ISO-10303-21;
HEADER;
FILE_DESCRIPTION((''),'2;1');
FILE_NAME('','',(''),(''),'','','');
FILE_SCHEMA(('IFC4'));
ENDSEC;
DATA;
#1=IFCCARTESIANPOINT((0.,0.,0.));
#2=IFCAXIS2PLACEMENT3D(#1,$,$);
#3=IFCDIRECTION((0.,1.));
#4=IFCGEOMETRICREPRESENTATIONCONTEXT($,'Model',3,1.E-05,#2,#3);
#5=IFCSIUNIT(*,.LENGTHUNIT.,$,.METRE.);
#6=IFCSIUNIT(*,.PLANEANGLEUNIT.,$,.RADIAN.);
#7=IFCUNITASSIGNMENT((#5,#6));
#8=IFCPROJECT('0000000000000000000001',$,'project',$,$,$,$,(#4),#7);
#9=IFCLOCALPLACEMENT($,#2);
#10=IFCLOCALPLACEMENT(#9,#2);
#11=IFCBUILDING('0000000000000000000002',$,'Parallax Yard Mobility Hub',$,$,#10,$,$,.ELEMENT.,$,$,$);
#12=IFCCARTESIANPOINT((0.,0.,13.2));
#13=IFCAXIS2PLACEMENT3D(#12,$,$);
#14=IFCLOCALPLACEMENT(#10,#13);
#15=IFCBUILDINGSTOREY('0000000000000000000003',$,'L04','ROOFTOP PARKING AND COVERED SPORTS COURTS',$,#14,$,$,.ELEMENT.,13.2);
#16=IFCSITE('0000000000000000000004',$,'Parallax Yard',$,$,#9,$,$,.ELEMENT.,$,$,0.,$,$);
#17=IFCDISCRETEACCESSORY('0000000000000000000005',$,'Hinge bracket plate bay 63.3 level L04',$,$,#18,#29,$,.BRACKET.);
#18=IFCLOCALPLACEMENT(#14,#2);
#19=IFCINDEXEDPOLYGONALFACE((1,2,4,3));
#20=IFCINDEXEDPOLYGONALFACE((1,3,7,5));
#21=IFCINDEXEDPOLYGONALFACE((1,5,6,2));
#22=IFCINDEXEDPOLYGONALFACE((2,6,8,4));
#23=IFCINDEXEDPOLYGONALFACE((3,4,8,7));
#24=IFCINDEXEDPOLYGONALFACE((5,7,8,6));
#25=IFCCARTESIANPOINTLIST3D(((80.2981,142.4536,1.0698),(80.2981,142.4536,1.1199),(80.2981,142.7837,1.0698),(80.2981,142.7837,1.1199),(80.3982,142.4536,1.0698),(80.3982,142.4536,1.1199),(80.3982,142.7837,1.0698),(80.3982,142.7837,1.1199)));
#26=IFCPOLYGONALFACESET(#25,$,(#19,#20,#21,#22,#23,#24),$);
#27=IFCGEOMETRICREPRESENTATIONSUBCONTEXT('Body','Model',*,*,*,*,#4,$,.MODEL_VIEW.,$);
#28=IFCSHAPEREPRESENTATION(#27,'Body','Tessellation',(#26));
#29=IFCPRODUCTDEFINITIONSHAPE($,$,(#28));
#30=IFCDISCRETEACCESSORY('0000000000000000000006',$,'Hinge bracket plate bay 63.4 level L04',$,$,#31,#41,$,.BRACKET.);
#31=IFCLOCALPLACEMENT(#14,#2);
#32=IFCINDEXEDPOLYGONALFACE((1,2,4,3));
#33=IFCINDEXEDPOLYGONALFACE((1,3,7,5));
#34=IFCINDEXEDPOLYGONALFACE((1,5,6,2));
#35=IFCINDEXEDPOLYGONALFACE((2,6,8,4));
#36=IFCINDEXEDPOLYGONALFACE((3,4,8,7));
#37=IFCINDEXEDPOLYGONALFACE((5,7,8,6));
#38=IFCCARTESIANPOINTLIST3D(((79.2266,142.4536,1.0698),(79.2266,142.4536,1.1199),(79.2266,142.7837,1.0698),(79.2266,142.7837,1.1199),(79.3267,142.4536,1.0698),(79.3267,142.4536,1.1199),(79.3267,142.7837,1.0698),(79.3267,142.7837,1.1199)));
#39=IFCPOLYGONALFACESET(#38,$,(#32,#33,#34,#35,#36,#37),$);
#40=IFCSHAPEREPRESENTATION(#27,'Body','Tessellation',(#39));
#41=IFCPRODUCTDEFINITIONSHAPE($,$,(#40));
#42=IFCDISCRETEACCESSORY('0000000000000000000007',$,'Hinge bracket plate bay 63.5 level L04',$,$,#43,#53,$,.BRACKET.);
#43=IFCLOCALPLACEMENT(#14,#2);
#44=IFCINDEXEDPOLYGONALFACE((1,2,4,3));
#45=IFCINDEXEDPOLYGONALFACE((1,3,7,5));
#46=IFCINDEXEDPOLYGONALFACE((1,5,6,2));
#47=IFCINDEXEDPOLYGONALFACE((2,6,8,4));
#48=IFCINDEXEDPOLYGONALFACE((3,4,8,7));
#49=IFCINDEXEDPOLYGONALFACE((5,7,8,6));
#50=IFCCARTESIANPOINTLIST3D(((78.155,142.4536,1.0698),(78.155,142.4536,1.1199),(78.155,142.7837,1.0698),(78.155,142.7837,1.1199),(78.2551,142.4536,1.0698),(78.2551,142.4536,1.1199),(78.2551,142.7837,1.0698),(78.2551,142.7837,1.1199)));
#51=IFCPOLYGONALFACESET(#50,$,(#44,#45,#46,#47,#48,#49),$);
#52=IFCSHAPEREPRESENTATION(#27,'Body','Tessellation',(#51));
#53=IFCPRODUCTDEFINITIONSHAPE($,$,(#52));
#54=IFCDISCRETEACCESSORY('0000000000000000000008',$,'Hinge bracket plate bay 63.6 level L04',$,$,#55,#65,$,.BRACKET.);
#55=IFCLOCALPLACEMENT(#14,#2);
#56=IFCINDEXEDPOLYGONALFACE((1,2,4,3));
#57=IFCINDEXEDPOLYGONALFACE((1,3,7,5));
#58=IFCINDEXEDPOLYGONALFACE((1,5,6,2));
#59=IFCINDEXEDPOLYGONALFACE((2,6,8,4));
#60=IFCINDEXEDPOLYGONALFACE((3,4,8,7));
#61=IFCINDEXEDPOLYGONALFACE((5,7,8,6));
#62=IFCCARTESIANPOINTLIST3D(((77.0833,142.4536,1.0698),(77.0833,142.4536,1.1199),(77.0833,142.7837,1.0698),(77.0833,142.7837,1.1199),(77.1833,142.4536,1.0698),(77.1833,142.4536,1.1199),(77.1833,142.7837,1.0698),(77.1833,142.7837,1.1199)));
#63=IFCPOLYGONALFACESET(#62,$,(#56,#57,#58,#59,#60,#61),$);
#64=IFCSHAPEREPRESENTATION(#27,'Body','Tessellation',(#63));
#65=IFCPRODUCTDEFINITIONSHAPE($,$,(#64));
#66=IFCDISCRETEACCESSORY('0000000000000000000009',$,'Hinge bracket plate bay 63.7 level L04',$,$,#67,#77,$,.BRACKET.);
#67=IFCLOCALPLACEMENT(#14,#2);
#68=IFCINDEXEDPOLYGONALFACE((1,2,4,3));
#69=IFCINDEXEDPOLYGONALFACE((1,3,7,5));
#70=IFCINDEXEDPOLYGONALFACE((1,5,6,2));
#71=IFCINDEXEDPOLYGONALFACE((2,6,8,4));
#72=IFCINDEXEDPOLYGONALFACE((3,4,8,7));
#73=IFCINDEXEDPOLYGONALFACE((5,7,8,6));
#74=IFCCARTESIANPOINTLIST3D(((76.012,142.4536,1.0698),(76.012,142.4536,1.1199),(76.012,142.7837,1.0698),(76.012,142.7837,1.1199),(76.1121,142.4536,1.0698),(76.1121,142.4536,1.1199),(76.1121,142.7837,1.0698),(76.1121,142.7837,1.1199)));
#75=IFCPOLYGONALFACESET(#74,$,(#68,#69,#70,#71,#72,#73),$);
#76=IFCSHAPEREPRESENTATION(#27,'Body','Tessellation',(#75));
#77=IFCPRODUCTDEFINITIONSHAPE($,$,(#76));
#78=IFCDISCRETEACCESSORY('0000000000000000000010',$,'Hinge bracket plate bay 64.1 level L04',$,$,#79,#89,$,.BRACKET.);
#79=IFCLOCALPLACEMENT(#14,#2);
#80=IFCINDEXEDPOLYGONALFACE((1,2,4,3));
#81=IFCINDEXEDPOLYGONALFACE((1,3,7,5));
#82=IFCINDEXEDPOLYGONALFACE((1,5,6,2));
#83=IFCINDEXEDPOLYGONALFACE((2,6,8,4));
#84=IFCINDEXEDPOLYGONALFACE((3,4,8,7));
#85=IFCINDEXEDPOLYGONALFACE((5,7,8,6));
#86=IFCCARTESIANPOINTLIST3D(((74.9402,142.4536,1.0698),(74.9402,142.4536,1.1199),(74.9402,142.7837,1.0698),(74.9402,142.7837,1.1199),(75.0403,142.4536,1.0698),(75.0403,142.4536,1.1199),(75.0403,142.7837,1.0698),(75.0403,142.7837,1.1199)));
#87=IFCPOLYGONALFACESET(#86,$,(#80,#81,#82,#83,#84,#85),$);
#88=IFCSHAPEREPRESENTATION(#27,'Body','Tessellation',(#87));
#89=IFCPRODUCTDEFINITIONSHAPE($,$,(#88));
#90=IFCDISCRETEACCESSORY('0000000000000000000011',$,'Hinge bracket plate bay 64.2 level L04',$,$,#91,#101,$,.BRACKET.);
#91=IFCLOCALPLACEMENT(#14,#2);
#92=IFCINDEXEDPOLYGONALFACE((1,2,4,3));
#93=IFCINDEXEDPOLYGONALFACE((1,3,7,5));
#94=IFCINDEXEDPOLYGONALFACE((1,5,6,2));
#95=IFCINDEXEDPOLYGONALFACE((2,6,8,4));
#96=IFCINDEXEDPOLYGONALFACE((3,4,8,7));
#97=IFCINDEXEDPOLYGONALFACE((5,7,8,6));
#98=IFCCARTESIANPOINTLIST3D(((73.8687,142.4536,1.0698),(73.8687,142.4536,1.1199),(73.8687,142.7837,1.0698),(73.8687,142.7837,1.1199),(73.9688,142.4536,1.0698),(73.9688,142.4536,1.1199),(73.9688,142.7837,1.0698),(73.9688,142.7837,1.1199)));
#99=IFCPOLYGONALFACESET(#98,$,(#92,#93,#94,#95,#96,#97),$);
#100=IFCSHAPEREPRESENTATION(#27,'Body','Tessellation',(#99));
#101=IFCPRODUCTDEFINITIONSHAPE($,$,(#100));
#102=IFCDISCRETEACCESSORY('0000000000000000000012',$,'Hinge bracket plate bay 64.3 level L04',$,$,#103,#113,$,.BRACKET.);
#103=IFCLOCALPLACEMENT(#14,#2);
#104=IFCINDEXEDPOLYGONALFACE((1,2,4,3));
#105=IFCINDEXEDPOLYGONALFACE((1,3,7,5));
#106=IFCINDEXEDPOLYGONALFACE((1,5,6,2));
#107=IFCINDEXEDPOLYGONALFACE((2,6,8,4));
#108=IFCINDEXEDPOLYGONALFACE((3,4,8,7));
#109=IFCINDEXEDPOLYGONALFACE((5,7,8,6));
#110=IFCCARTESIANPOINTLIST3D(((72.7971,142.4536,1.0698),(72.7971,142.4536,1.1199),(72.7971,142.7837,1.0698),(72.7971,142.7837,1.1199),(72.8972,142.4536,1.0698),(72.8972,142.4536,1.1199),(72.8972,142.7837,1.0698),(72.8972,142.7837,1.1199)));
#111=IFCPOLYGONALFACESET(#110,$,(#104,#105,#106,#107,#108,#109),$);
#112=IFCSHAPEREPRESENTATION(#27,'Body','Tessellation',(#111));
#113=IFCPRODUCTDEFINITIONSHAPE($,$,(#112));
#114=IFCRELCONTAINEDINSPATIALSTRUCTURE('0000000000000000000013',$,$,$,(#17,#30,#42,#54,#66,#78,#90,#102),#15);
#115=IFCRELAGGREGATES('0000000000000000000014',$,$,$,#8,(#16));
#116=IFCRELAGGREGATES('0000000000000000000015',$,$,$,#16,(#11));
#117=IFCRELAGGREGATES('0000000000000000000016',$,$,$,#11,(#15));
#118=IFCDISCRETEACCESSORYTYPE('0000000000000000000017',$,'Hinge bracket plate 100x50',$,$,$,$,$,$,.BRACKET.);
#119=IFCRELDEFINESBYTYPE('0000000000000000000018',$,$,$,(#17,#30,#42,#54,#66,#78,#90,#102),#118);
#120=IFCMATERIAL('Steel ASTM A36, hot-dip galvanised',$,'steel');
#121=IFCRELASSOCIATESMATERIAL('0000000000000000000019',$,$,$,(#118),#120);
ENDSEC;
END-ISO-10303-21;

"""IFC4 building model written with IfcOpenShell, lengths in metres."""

from ifc_helpers import new_model, si_unit, direction, frame, origin, origin_2d, place, context, subcontext, project, spatial, rectangle, extrude, material, type_object, element, save


model = new_model("IFC4")

# Units and contexts
model_context = context("Model", 3, precision=1e-05, world=origin(), true_north=direction((0.0, 1.0)))
body_context = subcontext(model_context, "Body", "Model", "MODEL_VIEW")
ifc_project = project(units=[si_unit("LENGTHUNIT", "METRE"), si_unit("PLANEANGLEUNIT", "RADIAN")], contexts=[model_context])

# Site, building, storey
site_placement = place(None, origin())
site = spatial("IfcSite", under=ifc_project, at=site_placement, Name="Parallax Yard", CompositionType="ELEMENT", RefElevation=0.0)
building_placement = place(site_placement, origin())
building = spatial("IfcBuilding", under=site, at=building_placement, Name="Parallax Yard Mobility Hub", CompositionType="ELEMENT")
storey_placement = place(building_placement, frame((0.0, 0.0, 13.2)))
storey = spatial("IfcBuildingStorey", under=building, at=storey_placement, Name="L04", Description="ROOFTOP PARKING AND COVERED SPORTS COURTS", CompositionType="ELEMENT", Elevation=13.2)

# Discrete accessories
ifc_material_1 = material(Name="Steel ASTM A36, hot-dip galvanised", Category="steel")
discrete_accessory_type = type_object("IfcDiscreteAccessoryType", Name="Hinge bracket plate 100x50", PredefinedType="BRACKET", material=ifc_material_1)
for number, where, z_axis, x_axis, name in (
    (1, (80.3481, 142.6187, 1.0698), (0.0, 0.0, 1.0), (0.0, 1.0, 0.0), "Hinge bracket plate bay 63.3 level L04"),
    (2, (79.2766, 142.6187, 1.0698), (0.0, 0.0, 1.0), (0.0, 1.0, 0.0), "Hinge bracket plate bay 63.4 level L04"),
    (3, (78.2051, 142.6187, 1.0698), (0.0, 0.0, 1.0), (0.0, 1.0, 0.0), "Hinge bracket plate bay 63.5 level L04"),
    (4, (77.1333, 142.6187, 1.0698), (0.0, 0.0, 1.0), (0.0, 1.0, 0.0), "Hinge bracket plate bay 63.6 level L04"),
    (5, (76.062, 142.6187, 1.0698), (0.0, 0.0, 1.0), (0.0, 1.0, 0.0), "Hinge bracket plate bay 63.7 level L04"),
    (6, (74.9902, 142.6187, 1.0698), (0.0, 0.0, 1.0), (0.0, 1.0, 0.0), "Hinge bracket plate bay 64.1 level L04"),
    (7, (73.9187, 142.6187, 1.0698), (0.0, 0.0, 1.0), (0.0, 1.0, 0.0), "Hinge bracket plate bay 64.2 level L04"),
    (8, (72.8472, 142.6187, 1.0698), (0.0, 0.0, 1.0), (0.0, 1.0, 0.0), "Hinge bracket plate bay 64.3 level L04"),
):
    element("IfcDiscreteAccessory", number, at=place(storey_placement, frame(where, z_axis=z_axis, x_axis=x_axis)), inside=storey, type_object=discrete_accessory_type, Name=name, PredefinedType="BRACKET", context=body_context, shape_type="SweptSolid", body=[
        extrude(rectangle(XDim=0.3301, YDim=0.1001, at=origin_2d()), origin(), (0.0, 0.0, 1.0), 0.05),
    ])

save(model, "model.ifc")
